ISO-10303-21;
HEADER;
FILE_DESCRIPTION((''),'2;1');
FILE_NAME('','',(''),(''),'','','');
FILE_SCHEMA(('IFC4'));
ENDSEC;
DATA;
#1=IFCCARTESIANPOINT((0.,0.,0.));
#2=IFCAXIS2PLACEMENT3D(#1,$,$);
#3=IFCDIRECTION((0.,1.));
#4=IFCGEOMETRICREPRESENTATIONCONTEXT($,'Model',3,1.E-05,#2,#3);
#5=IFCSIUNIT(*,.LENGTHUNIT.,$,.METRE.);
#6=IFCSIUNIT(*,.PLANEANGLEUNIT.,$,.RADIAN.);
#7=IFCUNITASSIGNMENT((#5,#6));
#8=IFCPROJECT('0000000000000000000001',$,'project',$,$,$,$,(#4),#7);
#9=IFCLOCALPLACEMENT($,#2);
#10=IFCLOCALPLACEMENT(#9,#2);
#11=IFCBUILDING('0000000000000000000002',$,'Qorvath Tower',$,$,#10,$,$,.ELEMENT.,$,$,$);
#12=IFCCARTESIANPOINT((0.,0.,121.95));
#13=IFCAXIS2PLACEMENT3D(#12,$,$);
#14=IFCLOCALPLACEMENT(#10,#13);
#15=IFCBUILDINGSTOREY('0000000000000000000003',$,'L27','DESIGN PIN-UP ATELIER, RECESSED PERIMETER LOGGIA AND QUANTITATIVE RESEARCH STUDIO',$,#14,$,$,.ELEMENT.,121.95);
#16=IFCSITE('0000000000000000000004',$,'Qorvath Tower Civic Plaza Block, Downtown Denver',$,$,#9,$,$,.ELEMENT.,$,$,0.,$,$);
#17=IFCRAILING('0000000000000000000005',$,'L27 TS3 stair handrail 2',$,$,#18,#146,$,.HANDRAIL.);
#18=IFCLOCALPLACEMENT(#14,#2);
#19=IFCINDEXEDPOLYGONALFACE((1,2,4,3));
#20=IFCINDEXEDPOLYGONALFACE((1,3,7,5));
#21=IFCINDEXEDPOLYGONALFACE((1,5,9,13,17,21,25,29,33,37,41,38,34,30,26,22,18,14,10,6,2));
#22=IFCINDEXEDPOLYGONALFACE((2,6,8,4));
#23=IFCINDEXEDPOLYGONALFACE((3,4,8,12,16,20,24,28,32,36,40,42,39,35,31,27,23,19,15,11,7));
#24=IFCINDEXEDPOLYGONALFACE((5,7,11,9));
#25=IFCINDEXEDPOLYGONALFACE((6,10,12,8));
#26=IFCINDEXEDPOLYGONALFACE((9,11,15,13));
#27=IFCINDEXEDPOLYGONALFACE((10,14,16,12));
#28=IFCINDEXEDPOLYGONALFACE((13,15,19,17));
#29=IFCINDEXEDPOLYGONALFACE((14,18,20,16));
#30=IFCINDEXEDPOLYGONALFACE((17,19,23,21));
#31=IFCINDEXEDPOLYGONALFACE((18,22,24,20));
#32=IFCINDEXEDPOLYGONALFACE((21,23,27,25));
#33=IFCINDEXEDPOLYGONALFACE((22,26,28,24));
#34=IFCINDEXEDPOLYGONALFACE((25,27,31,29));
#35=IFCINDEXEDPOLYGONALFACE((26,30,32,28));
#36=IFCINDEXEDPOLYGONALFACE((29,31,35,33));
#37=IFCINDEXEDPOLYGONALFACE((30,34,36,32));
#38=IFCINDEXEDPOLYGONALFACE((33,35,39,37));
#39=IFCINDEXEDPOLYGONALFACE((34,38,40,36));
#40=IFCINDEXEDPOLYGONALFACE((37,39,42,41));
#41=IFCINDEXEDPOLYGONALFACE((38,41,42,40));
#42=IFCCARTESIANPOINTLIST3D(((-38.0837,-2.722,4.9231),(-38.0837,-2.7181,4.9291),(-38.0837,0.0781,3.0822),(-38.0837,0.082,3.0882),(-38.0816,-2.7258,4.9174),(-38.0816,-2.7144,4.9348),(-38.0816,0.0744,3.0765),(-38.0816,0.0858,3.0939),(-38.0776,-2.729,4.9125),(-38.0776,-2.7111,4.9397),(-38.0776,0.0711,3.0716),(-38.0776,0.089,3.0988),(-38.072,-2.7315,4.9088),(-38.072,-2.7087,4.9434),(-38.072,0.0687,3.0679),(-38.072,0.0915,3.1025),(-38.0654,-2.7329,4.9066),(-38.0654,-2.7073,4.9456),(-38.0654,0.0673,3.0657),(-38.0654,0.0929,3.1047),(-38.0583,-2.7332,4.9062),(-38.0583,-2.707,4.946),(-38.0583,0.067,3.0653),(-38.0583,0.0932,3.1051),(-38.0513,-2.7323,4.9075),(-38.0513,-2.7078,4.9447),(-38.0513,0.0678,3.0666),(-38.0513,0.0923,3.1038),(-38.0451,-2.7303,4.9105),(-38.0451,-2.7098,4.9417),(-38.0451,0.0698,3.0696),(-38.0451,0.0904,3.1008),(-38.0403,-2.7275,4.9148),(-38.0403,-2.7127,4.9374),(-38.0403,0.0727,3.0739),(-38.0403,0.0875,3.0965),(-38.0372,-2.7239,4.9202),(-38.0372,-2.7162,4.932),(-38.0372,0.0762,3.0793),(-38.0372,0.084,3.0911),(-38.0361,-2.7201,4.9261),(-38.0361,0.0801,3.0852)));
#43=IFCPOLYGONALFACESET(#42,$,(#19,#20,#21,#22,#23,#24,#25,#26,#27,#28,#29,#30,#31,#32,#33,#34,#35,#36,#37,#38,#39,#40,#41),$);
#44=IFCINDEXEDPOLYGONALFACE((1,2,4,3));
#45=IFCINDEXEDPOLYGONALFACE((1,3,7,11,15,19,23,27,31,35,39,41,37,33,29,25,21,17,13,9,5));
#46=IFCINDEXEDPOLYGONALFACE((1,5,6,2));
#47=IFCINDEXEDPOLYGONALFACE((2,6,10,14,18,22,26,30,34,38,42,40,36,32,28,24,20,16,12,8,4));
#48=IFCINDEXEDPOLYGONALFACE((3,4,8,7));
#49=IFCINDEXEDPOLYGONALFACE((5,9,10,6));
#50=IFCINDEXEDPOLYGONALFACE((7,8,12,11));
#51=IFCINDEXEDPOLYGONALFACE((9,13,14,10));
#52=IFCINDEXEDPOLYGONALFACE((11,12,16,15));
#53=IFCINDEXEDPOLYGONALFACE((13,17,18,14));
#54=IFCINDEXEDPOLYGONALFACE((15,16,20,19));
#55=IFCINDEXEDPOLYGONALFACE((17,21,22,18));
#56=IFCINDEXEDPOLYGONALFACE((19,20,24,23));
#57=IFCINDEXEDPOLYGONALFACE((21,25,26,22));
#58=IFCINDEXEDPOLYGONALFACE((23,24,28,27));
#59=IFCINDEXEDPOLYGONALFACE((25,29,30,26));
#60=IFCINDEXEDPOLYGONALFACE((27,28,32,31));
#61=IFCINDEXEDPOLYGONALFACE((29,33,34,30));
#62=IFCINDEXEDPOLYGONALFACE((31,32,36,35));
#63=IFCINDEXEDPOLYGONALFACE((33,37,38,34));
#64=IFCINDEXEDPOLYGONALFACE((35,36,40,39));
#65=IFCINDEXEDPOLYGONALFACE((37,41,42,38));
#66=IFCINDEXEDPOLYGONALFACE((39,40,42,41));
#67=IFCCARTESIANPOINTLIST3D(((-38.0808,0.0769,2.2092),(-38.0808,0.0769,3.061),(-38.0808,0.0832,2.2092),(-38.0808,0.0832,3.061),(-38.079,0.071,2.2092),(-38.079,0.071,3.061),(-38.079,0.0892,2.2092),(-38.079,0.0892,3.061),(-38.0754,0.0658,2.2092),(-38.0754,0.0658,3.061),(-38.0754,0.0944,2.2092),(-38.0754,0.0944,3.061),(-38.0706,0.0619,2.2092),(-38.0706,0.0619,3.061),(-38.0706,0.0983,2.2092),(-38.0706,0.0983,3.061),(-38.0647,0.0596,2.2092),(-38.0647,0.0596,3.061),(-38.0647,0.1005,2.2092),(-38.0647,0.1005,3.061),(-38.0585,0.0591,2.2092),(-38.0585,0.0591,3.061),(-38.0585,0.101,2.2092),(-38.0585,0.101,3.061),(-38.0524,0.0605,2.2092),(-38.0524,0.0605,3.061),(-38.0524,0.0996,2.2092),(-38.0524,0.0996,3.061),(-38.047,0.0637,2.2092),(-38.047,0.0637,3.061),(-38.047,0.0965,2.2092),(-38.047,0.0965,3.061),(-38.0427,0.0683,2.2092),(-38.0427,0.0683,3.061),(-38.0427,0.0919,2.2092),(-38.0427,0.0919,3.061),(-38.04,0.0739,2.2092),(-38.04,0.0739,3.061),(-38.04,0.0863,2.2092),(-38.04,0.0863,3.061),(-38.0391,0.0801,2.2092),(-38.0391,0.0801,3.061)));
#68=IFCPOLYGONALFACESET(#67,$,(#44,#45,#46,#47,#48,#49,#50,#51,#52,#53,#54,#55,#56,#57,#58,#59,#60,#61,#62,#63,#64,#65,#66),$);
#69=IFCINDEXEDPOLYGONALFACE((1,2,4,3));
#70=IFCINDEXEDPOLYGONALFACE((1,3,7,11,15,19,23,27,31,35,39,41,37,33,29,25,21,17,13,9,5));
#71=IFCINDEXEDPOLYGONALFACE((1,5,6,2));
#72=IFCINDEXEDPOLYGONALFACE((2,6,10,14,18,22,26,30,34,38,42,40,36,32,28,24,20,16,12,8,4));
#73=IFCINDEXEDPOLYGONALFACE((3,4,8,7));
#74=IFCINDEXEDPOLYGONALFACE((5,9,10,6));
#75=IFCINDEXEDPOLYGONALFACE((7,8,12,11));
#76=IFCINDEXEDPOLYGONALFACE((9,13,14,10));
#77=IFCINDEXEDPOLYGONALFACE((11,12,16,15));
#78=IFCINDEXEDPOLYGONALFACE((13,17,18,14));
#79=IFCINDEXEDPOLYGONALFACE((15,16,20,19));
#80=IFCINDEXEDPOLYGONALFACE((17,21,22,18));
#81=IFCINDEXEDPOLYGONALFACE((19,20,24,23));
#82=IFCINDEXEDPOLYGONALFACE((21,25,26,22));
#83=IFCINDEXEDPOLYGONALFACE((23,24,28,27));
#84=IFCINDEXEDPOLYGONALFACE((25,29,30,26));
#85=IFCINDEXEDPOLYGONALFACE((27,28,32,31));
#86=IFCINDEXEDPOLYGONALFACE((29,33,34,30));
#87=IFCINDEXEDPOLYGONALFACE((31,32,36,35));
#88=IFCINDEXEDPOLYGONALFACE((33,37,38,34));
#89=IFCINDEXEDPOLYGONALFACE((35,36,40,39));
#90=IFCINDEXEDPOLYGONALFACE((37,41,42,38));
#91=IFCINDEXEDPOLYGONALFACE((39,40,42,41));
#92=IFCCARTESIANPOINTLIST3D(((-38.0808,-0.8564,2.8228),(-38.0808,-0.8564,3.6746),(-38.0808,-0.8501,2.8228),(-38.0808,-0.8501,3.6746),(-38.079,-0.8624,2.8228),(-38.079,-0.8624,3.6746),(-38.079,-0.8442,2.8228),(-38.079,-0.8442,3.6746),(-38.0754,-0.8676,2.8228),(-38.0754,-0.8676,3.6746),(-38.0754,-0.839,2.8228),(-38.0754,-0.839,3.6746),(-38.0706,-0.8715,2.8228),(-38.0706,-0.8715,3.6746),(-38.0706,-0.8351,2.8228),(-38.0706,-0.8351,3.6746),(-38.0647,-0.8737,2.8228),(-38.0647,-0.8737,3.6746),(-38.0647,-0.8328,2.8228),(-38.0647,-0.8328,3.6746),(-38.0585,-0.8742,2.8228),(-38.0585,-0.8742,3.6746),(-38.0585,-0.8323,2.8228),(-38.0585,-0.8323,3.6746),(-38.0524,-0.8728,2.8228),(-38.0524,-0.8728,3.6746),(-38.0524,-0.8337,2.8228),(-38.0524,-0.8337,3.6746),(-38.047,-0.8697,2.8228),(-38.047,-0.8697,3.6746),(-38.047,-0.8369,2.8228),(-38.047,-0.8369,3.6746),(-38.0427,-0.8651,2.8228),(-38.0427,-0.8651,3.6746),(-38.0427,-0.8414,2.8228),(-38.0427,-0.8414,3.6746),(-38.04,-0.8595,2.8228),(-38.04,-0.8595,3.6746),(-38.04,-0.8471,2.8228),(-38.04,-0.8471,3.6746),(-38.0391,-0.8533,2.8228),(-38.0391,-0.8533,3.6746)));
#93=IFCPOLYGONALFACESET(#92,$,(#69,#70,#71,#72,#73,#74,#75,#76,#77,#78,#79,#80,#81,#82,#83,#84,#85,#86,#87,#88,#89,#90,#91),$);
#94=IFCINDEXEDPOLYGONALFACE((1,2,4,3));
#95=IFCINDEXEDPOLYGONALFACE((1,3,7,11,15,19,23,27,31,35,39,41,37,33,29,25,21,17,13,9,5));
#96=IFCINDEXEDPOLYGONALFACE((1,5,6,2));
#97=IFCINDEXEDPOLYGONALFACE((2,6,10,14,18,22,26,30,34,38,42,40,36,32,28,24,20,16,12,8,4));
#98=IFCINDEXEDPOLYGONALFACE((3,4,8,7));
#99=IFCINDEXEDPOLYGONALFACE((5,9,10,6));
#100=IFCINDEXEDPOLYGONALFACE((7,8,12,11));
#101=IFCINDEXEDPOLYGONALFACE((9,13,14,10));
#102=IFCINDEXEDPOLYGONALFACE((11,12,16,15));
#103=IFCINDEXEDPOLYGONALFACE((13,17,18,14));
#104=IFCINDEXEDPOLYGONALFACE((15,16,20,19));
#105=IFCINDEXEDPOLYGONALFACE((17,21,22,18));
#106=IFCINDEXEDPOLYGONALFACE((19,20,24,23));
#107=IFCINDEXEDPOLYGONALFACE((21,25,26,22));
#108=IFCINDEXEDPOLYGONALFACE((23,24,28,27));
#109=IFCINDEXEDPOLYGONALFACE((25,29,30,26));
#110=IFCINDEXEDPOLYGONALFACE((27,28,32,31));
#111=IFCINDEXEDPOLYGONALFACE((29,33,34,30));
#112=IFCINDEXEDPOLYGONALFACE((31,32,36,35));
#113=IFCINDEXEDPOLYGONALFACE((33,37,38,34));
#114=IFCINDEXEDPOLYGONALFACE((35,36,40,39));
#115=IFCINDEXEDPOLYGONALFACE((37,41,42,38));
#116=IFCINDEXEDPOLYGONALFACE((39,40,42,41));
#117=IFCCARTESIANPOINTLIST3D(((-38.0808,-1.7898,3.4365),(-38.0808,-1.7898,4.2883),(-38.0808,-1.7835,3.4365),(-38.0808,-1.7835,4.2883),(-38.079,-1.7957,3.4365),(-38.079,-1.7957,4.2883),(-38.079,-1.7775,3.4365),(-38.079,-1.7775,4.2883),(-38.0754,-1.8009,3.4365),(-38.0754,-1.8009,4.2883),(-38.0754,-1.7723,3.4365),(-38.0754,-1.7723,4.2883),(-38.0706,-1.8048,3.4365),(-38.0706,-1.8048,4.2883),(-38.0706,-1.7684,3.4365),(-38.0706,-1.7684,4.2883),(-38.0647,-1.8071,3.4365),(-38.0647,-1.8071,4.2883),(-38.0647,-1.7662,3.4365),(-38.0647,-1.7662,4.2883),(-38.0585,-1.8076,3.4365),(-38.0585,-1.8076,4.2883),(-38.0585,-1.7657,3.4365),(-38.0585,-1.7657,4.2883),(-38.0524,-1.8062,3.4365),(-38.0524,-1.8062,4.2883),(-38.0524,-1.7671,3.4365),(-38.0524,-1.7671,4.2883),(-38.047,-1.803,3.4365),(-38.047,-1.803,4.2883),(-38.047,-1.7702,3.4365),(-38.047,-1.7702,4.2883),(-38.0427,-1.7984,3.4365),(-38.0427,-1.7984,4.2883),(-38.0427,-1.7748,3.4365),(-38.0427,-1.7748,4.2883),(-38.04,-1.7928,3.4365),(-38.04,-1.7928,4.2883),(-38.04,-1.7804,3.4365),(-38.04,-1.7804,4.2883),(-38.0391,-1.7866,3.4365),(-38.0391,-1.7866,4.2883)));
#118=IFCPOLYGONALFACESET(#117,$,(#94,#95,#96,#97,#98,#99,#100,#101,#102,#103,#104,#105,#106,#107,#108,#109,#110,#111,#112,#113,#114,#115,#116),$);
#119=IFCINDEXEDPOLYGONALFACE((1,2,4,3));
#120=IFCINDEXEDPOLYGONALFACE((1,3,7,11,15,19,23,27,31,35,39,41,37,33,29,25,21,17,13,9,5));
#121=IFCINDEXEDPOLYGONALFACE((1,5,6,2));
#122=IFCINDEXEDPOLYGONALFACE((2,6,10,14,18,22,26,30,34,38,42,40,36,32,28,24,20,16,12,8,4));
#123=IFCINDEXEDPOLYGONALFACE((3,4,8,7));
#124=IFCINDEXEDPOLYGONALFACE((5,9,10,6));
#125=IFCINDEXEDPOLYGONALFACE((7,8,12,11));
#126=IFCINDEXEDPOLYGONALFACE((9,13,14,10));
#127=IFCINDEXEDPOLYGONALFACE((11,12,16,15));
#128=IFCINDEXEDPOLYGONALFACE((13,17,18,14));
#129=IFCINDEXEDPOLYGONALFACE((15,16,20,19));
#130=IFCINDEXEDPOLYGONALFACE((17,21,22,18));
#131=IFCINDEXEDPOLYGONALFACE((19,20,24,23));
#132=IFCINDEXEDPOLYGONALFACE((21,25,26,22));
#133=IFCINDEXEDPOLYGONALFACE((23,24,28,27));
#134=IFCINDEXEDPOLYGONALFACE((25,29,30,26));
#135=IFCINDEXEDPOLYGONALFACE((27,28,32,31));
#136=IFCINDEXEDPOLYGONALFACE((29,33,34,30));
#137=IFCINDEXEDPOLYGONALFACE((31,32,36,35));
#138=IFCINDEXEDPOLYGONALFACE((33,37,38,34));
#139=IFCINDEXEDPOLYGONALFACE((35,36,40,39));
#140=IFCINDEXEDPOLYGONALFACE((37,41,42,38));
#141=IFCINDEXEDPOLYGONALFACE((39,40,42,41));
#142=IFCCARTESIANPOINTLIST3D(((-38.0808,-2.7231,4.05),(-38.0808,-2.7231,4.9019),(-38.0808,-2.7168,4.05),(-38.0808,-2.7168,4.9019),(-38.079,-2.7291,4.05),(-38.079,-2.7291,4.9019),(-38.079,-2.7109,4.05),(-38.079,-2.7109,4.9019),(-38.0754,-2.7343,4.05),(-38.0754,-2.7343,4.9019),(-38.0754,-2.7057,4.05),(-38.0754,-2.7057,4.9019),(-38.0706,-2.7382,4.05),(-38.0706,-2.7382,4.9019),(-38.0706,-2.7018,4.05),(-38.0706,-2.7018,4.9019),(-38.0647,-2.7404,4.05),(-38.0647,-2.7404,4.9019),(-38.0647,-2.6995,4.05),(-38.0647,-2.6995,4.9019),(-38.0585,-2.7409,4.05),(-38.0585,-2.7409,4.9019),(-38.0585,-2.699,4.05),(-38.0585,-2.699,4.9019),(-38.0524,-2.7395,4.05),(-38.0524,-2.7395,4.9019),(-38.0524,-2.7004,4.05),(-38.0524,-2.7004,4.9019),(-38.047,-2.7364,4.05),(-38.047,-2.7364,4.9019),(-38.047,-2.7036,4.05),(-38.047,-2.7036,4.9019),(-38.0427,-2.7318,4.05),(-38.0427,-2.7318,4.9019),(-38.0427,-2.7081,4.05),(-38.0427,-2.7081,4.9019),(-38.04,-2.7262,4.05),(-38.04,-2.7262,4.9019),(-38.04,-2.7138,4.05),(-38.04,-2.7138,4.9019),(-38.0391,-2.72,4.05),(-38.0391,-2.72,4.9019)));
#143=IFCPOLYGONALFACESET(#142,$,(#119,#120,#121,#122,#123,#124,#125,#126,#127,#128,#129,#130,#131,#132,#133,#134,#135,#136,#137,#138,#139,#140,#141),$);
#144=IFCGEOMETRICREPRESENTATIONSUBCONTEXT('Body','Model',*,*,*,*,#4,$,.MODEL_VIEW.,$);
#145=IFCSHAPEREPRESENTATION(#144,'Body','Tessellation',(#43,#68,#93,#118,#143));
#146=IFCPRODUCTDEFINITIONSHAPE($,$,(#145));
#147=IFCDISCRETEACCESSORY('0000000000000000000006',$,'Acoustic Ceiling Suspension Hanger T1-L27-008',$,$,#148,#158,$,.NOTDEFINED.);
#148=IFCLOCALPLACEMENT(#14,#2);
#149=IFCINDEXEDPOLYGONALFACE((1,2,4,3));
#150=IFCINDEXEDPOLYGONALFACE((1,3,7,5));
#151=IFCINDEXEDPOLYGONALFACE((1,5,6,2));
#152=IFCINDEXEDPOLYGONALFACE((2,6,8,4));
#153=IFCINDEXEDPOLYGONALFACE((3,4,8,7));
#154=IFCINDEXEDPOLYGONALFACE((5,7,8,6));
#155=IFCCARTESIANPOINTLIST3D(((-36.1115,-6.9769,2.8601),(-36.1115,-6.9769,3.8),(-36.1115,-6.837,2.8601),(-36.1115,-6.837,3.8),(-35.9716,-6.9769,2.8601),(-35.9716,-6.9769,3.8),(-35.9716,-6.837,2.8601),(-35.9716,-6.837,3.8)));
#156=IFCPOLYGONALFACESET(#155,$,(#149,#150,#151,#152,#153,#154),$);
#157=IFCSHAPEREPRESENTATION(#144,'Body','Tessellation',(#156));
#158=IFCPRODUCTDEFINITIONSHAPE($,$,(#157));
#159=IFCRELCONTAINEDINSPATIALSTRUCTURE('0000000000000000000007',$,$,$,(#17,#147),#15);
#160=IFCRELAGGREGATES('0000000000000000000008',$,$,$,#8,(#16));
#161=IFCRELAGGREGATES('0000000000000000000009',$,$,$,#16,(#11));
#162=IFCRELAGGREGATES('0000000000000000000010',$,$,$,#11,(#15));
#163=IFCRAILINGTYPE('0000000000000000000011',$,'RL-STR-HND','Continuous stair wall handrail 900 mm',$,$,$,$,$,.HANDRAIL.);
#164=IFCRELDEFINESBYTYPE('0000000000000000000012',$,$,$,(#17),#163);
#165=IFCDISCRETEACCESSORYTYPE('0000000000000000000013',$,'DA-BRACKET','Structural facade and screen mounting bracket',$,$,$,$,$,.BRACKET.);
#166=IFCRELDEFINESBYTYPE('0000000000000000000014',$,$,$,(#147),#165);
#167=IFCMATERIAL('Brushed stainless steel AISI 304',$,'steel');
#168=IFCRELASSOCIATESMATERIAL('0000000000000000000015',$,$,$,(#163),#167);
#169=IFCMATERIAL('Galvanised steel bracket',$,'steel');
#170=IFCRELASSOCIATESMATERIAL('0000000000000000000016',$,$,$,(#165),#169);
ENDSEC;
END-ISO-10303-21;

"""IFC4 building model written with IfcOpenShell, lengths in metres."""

from ifc_helpers import new_model, si_unit, direction, frame, origin, origin_2d, place, context, subcontext, project, spatial, rectangle, circle, extrude, material, type_object, element, save


model = new_model("IFC4")

# Units and contexts
model_context = context("Model", 3, precision=1e-05, world=origin(), true_north=direction((0.0, 1.0)))
body_context = subcontext(model_context, "Body", "Model", "MODEL_VIEW")
ifc_project = project(units=[si_unit("LENGTHUNIT", "METRE"), si_unit("PLANEANGLEUNIT", "RADIAN")], contexts=[model_context])

# Site, building, storey
site_placement = place(None, origin())
site = spatial("IfcSite", under=ifc_project, at=site_placement, Name="Qorvath Tower Civic Plaza Block, Downtown Denver", CompositionType="ELEMENT", RefElevation=0.0)
building_placement = place(site_placement, origin())
building = spatial("IfcBuilding", under=site, at=building_placement, Name="Qorvath Tower", CompositionType="ELEMENT")
storey_placement = place(building_placement, frame((0.0, 0.0, 121.95)))
storey = spatial("IfcBuildingStorey", under=building, at=storey_placement, Name="L27", Description="DESIGN PIN-UP ATELIER, RECESSED PERIMETER LOGGIA AND QUANTITATIVE RESEARCH STUDIO", CompositionType="ELEMENT", Elevation=121.95)

# Railing
ifc_material_1 = material(Name="Brushed stainless steel AISI 304", Category="steel")
railing_type_1 = type_object("IfcRailingType", Name="RL-STR-HND", Description="Continuous stair wall handrail 900 mm", PredefinedType="HANDRAIL", material=ifc_material_1)
railing_1_placement = place(storey_placement, frame((-38.0601, 0.0801, 2.2092)))
element("IfcRailing", 1, at=railing_1_placement, inside=storey, type_object=railing_type_1, Name="L27 TS3 stair handrail 2", PredefinedType="HANDRAIL", context=body_context, shape_type="SweptSolid", body=[
    extrude(circle(Radius=0.0239, at=origin_2d()), frame((0.0, 0.0, 0.876), z_axis=(0.0, -0.835598, 0.549342), x_axis=(1.0, 0.0, 0.0)), (0.0, 0.0, 1.0), 3.3511),
    extrude(circle(Radius=0.021, at=origin_2d()), origin(), (0.0, 0.0, 1.0), 0.8518),
    extrude(circle(Radius=0.021, at=origin_2d()), frame((0.0, -0.9333, 0.6135)), (0.0, 0.0, 1.0), 0.8518),
    extrude(circle(Radius=0.021, at=origin_2d()), frame((0.0, -1.8667, 1.2273)), (0.0, 0.0, 1.0), 0.8518),
    extrude(circle(Radius=0.021, at=origin_2d()), frame((0.0, -2.8, 1.8408)), (0.0, 0.0, 1.0), 0.8518),
])

# Discrete accessory
ifc_material_2 = material(Name="Galvanised steel bracket", Category="steel")
discrete_accessory_type = type_object("IfcDiscreteAccessoryType", Name="DA-BRACKET", Description="Structural facade and screen mounting bracket", PredefinedType="BRACKET", material=ifc_material_2)
discrete_accessory_placement = place(storey_placement, frame((-36.0415, -6.907, 2.8601), z_axis=(0.0, 0.0, 1.0), x_axis=(1.0, 0.0, 0.0)))
element("IfcDiscreteAccessory", 2, at=discrete_accessory_placement, inside=storey, type_object=discrete_accessory_type, Name="Acoustic Ceiling Suspension Hanger T1-L27-008", PredefinedType="NOTDEFINED", context=body_context, shape_type="SweptSolid", body=[
    extrude(rectangle(XDim=0.1399, YDim=0.1399, at=origin_2d()), origin(), (0.0, 0.0, 1.0), 0.9399),
])

save(model, "model.ifc")
